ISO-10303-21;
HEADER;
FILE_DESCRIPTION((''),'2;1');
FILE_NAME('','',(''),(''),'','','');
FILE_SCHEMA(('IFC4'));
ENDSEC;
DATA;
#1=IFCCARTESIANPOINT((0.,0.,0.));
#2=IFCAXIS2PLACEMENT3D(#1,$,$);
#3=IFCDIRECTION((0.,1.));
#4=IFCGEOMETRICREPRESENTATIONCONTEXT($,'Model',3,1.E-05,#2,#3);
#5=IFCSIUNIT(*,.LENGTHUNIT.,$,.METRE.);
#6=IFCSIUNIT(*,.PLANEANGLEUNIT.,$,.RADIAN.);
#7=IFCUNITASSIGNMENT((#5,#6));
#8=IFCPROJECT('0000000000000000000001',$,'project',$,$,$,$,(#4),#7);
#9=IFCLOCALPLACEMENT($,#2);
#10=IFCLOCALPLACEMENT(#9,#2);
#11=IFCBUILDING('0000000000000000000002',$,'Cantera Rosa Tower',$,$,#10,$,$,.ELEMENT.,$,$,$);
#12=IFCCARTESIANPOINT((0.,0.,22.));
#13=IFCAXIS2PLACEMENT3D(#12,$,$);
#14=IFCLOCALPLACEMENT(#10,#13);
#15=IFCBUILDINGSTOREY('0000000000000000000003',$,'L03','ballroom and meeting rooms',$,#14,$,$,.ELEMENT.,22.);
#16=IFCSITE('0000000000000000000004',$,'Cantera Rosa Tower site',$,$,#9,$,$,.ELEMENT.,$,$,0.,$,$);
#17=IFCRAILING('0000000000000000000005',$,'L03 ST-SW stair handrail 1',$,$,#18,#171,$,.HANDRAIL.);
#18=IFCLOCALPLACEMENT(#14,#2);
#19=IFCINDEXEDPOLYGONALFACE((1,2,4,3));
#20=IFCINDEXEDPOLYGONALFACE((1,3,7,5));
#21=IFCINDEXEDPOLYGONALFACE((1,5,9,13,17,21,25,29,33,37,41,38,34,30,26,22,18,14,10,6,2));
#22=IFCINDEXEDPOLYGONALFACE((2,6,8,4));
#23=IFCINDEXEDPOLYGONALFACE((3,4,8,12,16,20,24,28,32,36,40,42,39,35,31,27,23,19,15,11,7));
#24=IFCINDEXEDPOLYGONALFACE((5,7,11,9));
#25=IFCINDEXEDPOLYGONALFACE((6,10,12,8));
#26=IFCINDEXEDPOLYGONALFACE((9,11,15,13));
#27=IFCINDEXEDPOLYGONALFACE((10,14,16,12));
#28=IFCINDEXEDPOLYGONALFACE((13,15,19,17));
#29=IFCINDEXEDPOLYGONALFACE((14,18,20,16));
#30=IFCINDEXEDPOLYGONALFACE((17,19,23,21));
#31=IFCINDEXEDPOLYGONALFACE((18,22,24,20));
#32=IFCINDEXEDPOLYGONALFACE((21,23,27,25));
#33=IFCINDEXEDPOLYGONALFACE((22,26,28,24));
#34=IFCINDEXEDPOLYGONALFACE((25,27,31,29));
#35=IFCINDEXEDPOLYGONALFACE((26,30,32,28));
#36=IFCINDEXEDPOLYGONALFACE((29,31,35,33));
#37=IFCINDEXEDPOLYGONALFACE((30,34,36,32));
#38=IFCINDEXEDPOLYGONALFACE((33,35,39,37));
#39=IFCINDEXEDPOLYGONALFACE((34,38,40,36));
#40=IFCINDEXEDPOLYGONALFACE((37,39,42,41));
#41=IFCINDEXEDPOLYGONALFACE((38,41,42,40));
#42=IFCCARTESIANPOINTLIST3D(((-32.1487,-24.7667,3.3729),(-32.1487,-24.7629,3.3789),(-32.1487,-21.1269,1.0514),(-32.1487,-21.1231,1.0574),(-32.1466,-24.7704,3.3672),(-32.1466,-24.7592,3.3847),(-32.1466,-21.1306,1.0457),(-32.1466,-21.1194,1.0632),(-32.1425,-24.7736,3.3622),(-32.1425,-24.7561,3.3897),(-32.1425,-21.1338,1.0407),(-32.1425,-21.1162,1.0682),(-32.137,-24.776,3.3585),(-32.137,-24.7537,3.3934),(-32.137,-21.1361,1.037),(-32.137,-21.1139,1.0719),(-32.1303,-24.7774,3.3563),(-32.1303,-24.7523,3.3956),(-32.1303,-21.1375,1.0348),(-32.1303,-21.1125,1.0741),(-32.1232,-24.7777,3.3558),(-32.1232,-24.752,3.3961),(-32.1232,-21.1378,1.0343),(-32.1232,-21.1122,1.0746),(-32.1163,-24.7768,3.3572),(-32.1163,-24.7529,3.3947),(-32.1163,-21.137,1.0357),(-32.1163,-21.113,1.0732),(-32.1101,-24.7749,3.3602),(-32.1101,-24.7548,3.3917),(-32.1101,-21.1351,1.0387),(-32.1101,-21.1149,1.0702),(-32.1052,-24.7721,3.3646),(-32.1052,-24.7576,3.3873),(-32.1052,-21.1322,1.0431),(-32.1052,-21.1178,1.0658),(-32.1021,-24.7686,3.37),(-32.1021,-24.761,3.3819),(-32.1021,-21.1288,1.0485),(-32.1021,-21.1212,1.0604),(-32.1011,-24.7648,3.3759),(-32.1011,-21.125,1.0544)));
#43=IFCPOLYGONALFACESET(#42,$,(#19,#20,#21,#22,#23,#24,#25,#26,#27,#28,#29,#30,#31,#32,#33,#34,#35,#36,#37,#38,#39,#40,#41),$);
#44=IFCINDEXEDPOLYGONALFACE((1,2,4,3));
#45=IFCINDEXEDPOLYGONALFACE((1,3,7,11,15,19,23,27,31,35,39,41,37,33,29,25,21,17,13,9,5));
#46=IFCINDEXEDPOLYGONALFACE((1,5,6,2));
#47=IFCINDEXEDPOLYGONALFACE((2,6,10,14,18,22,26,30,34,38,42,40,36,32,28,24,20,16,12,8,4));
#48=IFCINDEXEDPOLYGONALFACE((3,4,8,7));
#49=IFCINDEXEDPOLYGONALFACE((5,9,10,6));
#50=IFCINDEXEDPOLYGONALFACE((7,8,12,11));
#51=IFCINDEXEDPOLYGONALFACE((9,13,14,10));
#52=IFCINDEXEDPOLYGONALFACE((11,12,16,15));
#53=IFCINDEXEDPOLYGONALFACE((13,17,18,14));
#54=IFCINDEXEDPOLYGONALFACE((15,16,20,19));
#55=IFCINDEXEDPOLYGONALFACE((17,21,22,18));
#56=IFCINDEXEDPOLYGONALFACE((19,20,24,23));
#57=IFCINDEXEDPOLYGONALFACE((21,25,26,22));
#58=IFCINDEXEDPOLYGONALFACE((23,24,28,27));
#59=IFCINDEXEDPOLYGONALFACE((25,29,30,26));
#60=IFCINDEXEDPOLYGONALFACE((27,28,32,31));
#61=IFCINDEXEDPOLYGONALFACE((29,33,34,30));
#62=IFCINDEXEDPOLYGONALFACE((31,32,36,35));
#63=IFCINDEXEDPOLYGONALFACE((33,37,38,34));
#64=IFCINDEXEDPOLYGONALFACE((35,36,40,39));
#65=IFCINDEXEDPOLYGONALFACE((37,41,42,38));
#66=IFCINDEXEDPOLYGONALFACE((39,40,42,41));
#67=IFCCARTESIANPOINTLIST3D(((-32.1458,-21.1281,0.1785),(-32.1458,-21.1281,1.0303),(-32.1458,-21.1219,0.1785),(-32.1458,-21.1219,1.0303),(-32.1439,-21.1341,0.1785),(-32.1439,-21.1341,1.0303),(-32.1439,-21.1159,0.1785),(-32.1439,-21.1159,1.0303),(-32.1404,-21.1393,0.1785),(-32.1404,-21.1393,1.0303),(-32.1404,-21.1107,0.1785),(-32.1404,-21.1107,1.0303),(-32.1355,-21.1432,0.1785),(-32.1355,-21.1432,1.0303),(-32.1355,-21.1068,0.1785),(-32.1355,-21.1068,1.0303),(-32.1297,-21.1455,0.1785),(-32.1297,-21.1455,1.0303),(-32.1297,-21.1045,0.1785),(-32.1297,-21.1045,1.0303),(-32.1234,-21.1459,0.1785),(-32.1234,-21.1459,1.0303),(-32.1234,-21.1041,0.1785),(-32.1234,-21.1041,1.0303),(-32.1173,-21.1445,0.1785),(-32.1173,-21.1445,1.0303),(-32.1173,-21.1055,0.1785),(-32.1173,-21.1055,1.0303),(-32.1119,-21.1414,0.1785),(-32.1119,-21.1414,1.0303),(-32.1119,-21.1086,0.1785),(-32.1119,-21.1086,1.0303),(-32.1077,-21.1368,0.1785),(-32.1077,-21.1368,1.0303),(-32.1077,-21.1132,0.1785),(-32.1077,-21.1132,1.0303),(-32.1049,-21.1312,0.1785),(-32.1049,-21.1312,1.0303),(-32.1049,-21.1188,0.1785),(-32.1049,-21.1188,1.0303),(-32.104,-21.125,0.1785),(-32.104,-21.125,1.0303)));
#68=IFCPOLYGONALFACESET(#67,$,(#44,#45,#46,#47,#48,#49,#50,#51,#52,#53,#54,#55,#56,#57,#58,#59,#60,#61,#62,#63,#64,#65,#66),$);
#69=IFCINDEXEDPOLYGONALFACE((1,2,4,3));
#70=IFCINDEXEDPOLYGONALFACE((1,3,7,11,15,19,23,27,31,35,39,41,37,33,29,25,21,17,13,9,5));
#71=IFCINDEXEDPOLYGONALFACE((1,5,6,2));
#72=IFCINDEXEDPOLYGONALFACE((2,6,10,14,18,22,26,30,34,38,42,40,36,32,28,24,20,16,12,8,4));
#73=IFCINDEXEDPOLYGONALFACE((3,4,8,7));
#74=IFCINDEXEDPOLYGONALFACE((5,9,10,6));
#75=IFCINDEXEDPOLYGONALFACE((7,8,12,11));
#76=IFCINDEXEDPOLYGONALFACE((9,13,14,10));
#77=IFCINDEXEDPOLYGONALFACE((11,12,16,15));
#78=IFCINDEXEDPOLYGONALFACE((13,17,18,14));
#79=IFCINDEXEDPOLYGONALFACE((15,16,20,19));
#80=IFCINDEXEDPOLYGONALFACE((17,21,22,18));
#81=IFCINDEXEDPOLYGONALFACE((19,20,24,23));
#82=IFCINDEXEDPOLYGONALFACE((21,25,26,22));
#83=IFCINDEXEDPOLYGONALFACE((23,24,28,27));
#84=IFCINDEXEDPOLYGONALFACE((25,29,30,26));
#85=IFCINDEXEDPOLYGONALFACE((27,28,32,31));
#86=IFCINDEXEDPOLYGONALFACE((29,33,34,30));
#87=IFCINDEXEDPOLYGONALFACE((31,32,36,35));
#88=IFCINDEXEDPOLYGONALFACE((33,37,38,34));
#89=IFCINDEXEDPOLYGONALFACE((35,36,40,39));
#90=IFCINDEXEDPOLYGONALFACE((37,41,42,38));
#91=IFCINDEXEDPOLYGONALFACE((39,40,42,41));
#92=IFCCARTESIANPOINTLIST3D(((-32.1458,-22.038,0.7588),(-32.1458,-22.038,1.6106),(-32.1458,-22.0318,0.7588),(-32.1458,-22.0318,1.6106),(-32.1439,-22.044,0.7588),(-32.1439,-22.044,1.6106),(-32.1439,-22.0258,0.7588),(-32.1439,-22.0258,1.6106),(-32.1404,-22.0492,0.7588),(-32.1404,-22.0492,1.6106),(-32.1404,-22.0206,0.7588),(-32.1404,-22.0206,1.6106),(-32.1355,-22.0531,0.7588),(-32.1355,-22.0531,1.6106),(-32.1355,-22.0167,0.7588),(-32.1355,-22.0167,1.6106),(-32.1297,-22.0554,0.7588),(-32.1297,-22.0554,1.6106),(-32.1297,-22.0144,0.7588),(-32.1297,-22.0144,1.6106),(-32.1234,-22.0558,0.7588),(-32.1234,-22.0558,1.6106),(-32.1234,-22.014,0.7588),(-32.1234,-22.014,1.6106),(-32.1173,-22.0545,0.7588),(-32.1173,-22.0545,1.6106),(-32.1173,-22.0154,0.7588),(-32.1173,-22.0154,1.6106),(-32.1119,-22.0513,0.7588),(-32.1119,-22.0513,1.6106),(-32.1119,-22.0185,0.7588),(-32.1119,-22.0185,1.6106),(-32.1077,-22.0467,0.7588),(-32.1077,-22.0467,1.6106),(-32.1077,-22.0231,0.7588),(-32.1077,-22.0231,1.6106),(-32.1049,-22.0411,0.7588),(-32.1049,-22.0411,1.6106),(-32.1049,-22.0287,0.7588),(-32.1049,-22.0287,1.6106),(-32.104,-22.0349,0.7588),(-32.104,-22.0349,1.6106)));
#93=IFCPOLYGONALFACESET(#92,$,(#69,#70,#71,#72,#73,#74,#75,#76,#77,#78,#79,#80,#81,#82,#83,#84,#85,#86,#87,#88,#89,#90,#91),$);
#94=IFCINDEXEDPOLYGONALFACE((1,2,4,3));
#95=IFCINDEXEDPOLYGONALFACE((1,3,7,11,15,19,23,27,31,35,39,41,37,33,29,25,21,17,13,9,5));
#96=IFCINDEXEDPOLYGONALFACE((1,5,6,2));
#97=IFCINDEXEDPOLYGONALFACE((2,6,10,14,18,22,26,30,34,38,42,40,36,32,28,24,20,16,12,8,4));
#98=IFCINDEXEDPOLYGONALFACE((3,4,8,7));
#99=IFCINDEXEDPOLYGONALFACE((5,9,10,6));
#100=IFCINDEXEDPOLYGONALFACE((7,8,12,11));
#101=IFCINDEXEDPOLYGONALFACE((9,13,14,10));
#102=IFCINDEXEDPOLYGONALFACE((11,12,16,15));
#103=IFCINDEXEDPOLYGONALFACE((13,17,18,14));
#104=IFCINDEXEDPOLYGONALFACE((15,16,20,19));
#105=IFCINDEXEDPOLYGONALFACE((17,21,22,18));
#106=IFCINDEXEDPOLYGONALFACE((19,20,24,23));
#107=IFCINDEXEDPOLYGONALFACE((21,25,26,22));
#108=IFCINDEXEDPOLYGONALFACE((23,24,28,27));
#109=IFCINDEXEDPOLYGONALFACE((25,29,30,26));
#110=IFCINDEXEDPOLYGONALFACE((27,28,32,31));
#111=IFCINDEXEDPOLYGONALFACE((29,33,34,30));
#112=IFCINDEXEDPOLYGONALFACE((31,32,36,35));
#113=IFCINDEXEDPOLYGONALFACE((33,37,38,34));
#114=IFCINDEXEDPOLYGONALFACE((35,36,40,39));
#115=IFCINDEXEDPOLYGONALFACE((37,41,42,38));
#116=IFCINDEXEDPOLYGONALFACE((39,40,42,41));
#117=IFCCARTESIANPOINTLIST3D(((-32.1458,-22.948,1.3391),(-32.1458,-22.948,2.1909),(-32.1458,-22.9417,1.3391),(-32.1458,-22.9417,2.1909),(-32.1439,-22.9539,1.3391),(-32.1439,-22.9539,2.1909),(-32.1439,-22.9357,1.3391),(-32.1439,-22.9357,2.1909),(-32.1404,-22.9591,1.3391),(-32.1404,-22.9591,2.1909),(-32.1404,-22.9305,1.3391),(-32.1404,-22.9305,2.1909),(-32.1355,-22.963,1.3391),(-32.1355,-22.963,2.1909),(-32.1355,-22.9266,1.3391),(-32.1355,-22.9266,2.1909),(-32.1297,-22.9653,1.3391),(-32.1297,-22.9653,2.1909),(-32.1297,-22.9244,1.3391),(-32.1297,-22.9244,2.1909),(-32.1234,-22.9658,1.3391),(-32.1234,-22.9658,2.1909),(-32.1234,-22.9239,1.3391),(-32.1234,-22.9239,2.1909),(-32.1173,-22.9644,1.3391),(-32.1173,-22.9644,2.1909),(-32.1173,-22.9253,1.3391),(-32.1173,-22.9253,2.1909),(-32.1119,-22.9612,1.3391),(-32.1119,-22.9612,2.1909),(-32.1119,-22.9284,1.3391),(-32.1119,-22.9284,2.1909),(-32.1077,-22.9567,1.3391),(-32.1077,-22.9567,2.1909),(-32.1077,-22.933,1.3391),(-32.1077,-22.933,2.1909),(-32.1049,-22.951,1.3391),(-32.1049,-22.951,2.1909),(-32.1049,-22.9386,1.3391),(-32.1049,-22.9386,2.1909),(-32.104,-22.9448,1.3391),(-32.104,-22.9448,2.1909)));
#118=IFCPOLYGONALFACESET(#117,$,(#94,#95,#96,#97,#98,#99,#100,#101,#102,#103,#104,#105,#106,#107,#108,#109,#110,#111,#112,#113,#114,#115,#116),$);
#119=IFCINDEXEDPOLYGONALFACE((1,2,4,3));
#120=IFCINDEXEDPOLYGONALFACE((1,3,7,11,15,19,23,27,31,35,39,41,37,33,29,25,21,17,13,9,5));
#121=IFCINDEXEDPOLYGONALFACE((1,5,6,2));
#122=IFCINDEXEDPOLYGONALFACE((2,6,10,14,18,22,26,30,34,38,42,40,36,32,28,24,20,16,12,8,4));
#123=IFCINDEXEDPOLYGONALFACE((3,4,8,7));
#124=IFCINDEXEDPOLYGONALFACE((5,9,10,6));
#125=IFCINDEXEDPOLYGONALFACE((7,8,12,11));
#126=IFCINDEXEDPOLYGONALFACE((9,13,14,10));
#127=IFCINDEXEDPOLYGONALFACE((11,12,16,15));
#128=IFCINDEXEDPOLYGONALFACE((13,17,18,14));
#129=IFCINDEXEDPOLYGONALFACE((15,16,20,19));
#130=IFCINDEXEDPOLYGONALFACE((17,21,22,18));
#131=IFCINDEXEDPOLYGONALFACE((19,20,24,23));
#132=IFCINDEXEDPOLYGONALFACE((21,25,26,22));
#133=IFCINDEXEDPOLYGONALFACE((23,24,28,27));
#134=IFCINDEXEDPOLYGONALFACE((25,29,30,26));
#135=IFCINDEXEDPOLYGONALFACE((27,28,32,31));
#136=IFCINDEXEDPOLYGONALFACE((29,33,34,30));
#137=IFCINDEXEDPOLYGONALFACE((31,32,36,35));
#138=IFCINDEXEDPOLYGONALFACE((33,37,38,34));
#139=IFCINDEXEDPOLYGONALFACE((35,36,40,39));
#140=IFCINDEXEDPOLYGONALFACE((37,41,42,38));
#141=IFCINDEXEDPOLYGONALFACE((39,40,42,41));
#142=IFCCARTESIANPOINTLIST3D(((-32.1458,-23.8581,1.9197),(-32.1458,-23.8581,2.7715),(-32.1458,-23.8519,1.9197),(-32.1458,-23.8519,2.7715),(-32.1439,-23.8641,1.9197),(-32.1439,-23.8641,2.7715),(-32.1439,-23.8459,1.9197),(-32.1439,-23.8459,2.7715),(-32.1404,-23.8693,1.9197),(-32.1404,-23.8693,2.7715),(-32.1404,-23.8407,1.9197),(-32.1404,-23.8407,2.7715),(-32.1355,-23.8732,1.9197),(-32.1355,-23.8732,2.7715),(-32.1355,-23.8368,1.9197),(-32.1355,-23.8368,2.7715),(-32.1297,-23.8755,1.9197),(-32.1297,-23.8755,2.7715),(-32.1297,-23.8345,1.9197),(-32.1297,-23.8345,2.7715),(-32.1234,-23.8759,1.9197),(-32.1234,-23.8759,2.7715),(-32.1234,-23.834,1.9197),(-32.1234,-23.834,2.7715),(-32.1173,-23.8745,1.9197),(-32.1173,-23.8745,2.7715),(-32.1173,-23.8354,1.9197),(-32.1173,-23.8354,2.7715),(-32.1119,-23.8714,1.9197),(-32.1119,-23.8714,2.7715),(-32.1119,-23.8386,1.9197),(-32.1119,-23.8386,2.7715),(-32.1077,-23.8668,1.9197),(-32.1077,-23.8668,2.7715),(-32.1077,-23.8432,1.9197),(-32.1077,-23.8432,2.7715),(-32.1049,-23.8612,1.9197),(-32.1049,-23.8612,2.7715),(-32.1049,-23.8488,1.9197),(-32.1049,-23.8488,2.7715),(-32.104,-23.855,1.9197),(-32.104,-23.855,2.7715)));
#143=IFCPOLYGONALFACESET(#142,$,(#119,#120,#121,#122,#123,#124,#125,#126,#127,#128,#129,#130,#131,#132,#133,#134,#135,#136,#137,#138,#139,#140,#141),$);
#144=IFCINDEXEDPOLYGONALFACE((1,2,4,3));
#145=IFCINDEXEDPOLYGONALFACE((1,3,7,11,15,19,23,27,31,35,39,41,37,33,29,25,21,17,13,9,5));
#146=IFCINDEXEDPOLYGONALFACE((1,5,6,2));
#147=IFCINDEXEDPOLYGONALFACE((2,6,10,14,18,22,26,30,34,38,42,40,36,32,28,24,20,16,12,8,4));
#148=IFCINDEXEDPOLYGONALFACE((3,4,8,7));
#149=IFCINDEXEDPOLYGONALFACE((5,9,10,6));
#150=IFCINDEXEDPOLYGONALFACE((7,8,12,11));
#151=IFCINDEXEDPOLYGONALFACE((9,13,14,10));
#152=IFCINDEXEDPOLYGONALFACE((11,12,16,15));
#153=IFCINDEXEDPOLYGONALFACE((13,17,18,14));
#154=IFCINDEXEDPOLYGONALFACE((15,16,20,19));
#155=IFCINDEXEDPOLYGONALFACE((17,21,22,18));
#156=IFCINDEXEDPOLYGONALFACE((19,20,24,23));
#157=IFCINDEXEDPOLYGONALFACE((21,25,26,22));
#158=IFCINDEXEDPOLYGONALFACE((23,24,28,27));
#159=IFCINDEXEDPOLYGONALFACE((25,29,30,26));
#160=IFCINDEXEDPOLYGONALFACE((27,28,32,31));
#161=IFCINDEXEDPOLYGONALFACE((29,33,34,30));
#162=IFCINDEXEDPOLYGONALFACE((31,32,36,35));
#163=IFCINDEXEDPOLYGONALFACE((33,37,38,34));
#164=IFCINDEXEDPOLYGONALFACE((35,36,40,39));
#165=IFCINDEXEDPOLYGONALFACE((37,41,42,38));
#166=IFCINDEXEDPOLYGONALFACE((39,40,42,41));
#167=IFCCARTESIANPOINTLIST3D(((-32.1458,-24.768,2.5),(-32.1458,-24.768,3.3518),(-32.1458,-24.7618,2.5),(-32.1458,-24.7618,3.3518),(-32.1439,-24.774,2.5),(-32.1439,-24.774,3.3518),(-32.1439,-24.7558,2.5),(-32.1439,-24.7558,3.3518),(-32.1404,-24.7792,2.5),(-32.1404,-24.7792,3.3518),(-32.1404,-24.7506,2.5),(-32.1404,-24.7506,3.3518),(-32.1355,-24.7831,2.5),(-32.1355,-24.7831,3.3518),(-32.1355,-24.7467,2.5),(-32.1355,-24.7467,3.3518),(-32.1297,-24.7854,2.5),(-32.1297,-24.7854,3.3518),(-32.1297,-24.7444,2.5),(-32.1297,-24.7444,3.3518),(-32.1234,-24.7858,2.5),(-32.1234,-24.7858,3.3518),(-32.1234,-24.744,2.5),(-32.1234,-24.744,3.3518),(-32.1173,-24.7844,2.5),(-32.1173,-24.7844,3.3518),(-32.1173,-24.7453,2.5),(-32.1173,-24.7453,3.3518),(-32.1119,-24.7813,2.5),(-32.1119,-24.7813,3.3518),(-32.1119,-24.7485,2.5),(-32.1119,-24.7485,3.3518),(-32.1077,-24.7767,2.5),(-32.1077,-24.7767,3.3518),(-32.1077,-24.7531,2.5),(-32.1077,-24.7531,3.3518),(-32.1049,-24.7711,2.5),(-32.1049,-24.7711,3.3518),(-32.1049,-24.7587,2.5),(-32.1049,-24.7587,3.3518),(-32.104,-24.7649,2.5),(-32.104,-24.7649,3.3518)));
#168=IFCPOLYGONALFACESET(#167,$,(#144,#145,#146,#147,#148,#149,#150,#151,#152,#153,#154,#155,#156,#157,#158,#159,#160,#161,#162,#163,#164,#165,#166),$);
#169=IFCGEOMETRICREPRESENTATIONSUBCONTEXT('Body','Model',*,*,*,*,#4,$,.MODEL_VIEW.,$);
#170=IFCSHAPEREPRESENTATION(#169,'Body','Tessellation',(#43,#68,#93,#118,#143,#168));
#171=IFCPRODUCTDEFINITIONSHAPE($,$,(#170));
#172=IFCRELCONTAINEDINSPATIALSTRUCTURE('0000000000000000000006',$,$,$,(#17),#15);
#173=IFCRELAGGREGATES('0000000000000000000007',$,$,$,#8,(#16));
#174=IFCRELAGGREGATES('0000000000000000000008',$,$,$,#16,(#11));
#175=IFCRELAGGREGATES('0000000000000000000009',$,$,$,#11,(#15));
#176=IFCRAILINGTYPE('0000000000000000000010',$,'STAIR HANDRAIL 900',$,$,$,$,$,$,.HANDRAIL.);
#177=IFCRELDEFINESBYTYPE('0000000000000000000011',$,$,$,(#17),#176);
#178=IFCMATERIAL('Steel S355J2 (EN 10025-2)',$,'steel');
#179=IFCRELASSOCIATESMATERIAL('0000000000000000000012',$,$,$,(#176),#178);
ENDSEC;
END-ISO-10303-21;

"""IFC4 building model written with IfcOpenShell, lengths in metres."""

from ifc_helpers import new_model, si_unit, direction, frame, origin, origin_2d, place, context, subcontext, project, spatial, circle, extrude, material, type_object, element, save


model = new_model("IFC4")

# Units and contexts
model_context = context("Model", 3, precision=1e-05, world=origin(), true_north=direction((0.0, 1.0)))
body_context = subcontext(model_context, "Body", "Model", "MODEL_VIEW")
ifc_project = project(units=[si_unit("LENGTHUNIT", "METRE"), si_unit("PLANEANGLEUNIT", "RADIAN")], contexts=[model_context])

# Site, building, storey
site_placement = place(None, origin())
site = spatial("IfcSite", under=ifc_project, at=site_placement, Name="Cantera Rosa Tower site", CompositionType="ELEMENT", RefElevation=0.0)
building_placement = place(site_placement, origin())
building = spatial("IfcBuilding", under=site, at=building_placement, Name="Cantera Rosa Tower", CompositionType="ELEMENT")
storey_placement = place(building_placement, frame((0.0, 0.0, 22.0)))
storey = spatial("IfcBuildingStorey", under=building, at=storey_placement, Name="L03", Description="ballroom and meeting rooms", CompositionType="ELEMENT", Elevation=22.0)

# Railing
ifc_material_1 = material(Name="Steel S355J2 (EN 10025-2)", Category="steel")
railing_type_1 = type_object("IfcRailingType", Name="STAIR HANDRAIL 900", PredefinedType="HANDRAIL", material=ifc_material_1)
railing_1_placement = place(storey_placement, frame((-32.125, -21.125, 0.1785)))
element("IfcRailing", 1, at=railing_1_placement, inside=storey, type_object=railing_type_1, Name="L03 ST-SW stair handrail 1", PredefinedType="HANDRAIL", context=body_context, shape_type="SweptSolid", body=[
    extrude(circle(Radius=0.0239, at=origin_2d()), frame((0.0, 0.0, 0.876), z_axis=(0.0, -0.843112, 0.537739), x_axis=(1.0, 0.0, 0.0)), (0.0, 0.0, 1.0), 4.3171),
    extrude(circle(Radius=0.021, at=origin_2d()), origin(), (0.0, 0.0, 1.0), 0.8518),
    extrude(circle(Radius=0.021, at=origin_2d()), frame((0.0, -0.9099, 0.5803)), (0.0, 0.0, 1.0), 0.8518),
    extrude(circle(Radius=0.021, at=origin_2d()), frame((0.0, -1.8198, 1.1606)), (0.0, 0.0, 1.0), 0.8518),
    extrude(circle(Radius=0.021, at=origin_2d()), frame((0.0, -2.73, 1.7412)), (0.0, 0.0, 1.0), 0.8518),
    extrude(circle(Radius=0.021, at=origin_2d()), frame((0.0, -3.6399, 2.3215)), (0.0, 0.0, 1.0), 0.8518),
])

save(model, "model.ifc")
